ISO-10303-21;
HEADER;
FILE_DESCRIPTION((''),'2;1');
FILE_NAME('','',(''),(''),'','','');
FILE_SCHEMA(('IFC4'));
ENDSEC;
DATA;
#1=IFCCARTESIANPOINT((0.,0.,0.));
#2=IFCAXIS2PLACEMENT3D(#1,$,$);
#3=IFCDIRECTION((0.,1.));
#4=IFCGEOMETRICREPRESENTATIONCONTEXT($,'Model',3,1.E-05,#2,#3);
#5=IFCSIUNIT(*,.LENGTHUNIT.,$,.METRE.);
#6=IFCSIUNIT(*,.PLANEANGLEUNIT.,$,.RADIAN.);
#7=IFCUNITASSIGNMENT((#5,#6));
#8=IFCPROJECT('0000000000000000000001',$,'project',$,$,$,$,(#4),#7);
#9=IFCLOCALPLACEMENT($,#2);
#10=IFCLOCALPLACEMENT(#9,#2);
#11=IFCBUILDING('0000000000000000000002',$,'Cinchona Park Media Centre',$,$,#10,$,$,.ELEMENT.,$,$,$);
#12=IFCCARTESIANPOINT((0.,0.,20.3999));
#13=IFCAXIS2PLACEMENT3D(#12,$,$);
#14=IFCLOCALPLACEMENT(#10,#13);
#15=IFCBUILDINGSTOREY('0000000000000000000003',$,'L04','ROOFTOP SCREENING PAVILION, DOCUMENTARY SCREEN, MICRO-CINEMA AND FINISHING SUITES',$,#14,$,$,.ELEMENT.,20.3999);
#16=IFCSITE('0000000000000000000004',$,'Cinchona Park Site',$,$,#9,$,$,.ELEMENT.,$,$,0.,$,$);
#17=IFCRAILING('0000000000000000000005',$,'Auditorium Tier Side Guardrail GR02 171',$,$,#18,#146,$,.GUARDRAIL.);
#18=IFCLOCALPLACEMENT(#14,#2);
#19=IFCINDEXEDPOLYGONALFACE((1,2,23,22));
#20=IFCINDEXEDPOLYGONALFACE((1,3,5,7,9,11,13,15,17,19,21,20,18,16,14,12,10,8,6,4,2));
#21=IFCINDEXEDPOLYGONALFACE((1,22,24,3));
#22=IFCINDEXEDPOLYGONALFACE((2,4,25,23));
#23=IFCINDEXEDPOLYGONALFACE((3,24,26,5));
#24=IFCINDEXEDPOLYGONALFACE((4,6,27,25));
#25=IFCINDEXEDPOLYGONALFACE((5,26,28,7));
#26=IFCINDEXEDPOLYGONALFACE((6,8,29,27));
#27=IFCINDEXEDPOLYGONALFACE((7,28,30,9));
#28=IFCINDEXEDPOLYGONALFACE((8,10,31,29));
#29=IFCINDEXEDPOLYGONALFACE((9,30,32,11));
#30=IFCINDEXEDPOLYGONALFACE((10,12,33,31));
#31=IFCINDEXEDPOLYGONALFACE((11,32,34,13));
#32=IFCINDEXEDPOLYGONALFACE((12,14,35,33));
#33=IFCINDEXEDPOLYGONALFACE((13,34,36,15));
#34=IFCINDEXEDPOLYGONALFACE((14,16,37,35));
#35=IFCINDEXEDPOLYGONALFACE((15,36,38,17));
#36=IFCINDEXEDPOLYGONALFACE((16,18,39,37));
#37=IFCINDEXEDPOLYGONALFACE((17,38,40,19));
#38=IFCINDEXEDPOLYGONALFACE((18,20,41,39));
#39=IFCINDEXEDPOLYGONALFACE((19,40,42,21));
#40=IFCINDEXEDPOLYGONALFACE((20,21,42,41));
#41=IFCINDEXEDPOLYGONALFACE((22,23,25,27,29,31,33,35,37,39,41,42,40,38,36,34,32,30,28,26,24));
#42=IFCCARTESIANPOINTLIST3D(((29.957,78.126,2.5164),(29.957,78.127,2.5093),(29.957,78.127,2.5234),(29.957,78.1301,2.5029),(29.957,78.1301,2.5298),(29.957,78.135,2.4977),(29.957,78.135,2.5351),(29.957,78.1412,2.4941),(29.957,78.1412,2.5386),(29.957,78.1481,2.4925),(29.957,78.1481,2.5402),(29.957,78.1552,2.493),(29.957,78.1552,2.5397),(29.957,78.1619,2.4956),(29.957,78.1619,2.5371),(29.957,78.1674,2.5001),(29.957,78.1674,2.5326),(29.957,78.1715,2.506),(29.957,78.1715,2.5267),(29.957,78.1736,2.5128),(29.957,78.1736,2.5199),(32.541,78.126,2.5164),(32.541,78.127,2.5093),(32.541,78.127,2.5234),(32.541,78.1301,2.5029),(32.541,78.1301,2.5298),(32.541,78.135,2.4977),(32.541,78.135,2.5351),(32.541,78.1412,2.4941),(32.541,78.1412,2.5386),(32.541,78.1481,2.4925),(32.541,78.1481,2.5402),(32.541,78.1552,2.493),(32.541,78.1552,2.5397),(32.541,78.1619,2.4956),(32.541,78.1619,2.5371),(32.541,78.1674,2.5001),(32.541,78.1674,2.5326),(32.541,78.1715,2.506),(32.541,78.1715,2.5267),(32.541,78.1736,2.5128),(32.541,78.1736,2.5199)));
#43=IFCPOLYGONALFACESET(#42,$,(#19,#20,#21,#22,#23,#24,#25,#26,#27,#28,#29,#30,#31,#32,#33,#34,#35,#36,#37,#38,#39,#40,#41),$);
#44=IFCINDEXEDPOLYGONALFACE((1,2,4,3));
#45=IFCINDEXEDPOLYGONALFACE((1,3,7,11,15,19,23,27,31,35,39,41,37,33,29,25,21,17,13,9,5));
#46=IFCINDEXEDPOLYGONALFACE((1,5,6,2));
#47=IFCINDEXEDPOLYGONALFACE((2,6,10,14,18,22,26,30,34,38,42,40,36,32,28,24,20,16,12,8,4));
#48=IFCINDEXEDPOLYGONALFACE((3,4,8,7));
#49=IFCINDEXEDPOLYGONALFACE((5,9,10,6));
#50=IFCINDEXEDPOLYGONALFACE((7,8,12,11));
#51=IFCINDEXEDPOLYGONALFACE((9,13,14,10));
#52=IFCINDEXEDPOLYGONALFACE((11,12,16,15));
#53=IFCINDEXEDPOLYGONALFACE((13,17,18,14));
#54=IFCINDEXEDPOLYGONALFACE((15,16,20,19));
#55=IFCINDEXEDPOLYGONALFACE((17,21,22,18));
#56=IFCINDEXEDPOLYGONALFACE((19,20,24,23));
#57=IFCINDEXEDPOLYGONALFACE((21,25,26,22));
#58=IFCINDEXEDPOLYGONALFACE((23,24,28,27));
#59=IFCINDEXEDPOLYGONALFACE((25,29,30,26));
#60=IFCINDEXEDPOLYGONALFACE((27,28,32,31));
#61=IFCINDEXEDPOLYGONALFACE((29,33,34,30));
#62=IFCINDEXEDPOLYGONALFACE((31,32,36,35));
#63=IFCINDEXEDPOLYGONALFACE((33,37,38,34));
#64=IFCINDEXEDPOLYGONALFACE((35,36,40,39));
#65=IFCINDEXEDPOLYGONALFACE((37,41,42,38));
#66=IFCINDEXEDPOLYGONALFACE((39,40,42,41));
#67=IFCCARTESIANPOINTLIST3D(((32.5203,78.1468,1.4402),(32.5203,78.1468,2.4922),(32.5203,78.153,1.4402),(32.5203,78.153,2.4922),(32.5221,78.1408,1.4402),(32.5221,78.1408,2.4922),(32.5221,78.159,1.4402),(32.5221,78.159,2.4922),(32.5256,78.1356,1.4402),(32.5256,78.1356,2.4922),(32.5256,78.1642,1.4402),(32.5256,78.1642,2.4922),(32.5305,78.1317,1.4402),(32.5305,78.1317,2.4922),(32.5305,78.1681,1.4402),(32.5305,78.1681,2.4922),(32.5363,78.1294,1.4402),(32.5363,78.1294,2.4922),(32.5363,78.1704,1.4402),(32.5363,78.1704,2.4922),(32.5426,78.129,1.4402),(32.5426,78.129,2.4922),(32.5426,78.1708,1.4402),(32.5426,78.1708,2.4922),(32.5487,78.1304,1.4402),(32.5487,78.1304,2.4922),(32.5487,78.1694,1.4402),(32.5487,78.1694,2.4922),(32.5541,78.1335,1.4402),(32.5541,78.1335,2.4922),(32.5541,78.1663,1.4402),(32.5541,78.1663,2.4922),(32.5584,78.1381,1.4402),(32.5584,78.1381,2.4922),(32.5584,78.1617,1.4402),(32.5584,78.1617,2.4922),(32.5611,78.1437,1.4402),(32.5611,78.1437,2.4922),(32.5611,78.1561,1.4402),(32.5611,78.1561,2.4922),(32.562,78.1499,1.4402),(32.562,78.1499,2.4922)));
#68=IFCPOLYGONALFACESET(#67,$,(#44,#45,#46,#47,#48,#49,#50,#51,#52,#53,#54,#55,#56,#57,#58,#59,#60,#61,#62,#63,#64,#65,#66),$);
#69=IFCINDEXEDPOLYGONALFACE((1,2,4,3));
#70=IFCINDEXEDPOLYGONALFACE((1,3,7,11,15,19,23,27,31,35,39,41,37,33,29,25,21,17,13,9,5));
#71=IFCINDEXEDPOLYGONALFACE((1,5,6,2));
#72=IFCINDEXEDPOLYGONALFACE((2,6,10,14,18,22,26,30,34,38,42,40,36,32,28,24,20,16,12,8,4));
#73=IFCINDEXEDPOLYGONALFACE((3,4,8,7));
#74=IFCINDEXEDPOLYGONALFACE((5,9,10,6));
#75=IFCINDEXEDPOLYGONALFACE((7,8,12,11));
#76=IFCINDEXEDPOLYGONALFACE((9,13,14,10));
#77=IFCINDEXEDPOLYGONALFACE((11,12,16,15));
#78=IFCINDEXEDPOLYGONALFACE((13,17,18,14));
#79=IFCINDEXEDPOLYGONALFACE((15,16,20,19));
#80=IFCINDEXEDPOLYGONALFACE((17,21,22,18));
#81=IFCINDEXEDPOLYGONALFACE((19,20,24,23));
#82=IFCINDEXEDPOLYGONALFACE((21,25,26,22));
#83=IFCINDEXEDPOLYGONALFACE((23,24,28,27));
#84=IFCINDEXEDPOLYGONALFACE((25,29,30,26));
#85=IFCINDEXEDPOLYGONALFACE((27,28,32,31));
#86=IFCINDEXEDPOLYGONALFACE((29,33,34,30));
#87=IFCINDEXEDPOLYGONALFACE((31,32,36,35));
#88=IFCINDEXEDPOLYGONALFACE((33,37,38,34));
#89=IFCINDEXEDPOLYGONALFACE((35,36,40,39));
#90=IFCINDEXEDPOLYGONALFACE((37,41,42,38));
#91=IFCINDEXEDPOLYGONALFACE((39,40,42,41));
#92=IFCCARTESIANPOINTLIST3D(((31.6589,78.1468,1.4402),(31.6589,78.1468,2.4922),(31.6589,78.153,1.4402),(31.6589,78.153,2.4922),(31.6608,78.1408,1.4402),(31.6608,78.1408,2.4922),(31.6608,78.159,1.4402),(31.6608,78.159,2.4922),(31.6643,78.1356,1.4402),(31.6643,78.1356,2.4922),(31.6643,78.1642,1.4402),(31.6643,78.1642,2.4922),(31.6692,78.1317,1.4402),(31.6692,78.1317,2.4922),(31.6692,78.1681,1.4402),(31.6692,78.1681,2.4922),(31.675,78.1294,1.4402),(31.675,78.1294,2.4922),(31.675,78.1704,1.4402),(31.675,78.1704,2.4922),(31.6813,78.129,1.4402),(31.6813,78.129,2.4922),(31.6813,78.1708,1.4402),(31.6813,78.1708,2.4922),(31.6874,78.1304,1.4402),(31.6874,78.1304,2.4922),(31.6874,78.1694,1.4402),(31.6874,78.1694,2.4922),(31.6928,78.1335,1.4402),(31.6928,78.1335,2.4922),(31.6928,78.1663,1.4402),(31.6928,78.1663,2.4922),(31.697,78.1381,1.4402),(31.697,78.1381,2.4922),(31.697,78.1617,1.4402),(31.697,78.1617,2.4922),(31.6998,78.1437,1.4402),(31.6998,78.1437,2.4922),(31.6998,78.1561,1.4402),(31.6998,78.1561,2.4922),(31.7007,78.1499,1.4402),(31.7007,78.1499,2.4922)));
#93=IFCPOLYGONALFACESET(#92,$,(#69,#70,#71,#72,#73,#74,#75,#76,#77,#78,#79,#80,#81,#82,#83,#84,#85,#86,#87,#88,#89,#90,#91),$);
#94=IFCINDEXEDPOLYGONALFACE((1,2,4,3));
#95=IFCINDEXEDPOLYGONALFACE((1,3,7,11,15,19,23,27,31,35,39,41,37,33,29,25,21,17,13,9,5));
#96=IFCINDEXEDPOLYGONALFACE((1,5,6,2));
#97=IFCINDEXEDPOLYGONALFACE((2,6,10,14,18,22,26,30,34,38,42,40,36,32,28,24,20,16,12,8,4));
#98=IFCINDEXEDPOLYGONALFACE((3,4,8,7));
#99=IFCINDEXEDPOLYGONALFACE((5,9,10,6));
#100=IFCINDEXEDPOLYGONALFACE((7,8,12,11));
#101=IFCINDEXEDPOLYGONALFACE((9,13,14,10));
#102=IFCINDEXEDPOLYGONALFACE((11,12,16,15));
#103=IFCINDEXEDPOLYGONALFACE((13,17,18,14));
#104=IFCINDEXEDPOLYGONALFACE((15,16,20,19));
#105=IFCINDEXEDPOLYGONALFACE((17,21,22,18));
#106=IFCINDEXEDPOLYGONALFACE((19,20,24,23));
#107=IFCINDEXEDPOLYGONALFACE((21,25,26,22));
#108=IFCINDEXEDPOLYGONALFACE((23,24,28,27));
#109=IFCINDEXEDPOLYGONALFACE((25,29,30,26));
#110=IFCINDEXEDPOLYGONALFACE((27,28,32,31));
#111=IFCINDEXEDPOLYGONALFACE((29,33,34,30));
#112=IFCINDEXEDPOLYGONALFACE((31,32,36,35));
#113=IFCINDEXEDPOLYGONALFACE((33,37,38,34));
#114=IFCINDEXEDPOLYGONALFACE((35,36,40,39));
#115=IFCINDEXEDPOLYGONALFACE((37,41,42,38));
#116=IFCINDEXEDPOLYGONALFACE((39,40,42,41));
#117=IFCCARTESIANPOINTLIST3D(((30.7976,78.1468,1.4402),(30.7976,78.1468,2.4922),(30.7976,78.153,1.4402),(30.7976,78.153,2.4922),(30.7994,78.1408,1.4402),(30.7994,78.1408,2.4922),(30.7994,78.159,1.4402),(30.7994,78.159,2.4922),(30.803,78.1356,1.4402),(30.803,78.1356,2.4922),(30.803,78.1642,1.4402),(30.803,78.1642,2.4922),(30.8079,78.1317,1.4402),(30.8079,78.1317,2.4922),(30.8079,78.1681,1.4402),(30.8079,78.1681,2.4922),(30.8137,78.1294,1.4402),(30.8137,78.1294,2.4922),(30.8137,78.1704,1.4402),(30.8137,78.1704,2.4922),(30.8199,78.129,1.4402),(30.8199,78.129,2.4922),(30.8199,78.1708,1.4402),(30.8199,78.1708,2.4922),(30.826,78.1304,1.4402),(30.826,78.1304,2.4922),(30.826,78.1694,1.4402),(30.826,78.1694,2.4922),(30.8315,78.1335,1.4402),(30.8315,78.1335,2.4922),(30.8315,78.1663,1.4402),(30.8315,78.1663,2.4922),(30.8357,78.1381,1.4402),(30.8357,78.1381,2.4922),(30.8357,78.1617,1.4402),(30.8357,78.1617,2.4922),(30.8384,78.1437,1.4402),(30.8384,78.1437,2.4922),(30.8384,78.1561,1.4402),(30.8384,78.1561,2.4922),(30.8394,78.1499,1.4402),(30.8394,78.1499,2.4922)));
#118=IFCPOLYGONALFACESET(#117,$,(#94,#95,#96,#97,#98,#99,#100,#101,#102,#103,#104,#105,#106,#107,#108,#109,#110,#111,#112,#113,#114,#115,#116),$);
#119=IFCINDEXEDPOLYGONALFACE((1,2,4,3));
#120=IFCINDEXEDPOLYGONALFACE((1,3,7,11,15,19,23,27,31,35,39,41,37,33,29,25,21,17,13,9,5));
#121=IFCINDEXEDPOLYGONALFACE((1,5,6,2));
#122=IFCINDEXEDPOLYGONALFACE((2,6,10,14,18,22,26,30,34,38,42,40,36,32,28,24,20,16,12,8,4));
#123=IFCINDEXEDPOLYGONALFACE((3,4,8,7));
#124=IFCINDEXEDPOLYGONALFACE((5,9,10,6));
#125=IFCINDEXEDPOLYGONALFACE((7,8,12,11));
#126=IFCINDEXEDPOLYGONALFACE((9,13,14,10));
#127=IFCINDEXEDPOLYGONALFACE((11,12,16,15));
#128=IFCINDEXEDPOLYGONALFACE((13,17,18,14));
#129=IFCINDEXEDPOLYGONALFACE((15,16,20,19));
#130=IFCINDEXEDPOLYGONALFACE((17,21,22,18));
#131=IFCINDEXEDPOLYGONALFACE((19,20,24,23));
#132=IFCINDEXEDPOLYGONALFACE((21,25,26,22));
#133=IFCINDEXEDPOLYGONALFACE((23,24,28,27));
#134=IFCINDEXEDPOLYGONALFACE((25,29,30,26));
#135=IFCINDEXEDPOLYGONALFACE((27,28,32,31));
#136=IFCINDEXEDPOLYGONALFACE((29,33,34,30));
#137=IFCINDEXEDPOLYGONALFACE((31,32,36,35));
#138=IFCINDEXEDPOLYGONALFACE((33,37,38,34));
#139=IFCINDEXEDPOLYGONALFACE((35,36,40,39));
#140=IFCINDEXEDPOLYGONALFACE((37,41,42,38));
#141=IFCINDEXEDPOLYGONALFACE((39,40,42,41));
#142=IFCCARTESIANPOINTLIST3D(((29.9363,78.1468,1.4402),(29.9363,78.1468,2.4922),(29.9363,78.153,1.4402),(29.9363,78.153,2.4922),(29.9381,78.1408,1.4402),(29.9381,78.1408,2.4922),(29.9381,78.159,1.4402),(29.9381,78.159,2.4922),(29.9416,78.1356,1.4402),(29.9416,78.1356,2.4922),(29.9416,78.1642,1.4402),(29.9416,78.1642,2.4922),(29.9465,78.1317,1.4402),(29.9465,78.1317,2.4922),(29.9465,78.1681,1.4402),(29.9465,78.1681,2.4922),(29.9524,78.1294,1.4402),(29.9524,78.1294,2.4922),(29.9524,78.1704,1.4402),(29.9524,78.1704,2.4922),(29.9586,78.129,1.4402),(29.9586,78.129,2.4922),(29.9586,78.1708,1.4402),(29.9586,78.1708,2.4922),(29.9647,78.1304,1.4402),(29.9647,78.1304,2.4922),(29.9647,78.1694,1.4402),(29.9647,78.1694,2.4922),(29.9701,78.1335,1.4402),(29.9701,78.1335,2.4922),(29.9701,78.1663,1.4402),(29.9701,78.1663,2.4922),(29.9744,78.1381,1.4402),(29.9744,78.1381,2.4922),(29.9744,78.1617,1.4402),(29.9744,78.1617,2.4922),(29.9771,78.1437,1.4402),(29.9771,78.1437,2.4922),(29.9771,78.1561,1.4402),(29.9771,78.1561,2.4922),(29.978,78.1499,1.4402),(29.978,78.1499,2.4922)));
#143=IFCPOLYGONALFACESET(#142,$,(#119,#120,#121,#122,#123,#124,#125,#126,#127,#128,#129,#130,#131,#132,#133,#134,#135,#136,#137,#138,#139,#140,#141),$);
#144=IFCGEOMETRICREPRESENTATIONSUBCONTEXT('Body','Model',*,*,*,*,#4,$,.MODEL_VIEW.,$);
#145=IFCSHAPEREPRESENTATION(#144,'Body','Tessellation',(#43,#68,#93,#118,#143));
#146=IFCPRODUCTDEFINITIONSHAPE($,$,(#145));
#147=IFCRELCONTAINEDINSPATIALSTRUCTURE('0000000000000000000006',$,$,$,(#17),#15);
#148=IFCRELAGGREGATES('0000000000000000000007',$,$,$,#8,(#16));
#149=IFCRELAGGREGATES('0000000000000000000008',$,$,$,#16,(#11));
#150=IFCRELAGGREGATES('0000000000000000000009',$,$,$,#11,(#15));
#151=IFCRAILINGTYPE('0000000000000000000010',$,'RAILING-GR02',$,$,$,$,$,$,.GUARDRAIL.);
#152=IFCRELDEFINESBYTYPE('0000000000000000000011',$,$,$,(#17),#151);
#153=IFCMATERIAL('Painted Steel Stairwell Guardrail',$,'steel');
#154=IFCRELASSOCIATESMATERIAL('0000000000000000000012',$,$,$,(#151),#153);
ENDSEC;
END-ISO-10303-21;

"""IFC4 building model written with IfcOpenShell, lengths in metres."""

from ifc_helpers import new_model, si_unit, direction, frame, origin, origin_2d, place, context, subcontext, project, spatial, circle, extrude, material, type_object, element, save


model = new_model("IFC4")

# Units and contexts
model_context = context("Model", 3, precision=1e-05, world=origin(), true_north=direction((0.0, 1.0)))
body_context = subcontext(model_context, "Body", "Model", "MODEL_VIEW")
ifc_project = project(units=[si_unit("LENGTHUNIT", "METRE"), si_unit("PLANEANGLEUNIT", "RADIAN")], contexts=[model_context])

# Site, building, storey
site_placement = place(None, origin())
site = spatial("IfcSite", under=ifc_project, at=site_placement, Name="Cinchona Park Site", CompositionType="ELEMENT", RefElevation=0.0)
building_placement = place(site_placement, origin())
building = spatial("IfcBuilding", under=site, at=building_placement, Name="Cinchona Park Media Centre", CompositionType="ELEMENT")
storey_placement = place(building_placement, frame((0.0, 0.0, 20.3999)))
storey = spatial("IfcBuildingStorey", under=building, at=storey_placement, Name="L04", Description="ROOFTOP SCREENING PAVILION, DOCUMENTARY SCREEN, MICRO-CINEMA AND FINISHING SUITES", CompositionType="ELEMENT", Elevation=20.3999)

# Railing
ifc_material_1 = material(Name="Painted Steel Stairwell Guardrail", Category="steel")
railing_type_1 = type_object("IfcRailingType", Name="RAILING-GR02", PredefinedType="GUARDRAIL", material=ifc_material_1)
railing_1_placement = place(storey_placement, frame((32.541, 78.1499, 1.4402)))
element("IfcRailing", 1, at=railing_1_placement, inside=storey, type_object=railing_type_1, Name="Auditorium Tier Side Guardrail GR02 171", PredefinedType="GUARDRAIL", context=body_context, shape_type="SweptSolid", body=[
    extrude(circle(Radius=0.0239, at=origin_2d()), frame((0.0, 0.0, 1.0762), z_axis=(-1.0, 0.0, 0.0), x_axis=(0.0, -1.0, 0.0)), (0.0, 0.0, 1.0), 2.584),
    extrude(circle(Radius=0.021, at=origin_2d()), origin(), (0.0, 0.0, 1.0), 1.052),
    extrude(circle(Radius=0.021, at=origin_2d()), frame((-0.8613, 0.0, 0.0)), (0.0, 0.0, 1.0), 1.052),
    extrude(circle(Radius=0.021, at=origin_2d()), frame((-1.7227, 0.0, 0.0)), (0.0, 0.0, 1.0), 1.052),
    extrude(circle(Radius=0.021, at=origin_2d()), frame((-2.584, 0.0, 0.0)), (0.0, 0.0, 1.0), 1.052),
])

save(model, "model.ifc")
